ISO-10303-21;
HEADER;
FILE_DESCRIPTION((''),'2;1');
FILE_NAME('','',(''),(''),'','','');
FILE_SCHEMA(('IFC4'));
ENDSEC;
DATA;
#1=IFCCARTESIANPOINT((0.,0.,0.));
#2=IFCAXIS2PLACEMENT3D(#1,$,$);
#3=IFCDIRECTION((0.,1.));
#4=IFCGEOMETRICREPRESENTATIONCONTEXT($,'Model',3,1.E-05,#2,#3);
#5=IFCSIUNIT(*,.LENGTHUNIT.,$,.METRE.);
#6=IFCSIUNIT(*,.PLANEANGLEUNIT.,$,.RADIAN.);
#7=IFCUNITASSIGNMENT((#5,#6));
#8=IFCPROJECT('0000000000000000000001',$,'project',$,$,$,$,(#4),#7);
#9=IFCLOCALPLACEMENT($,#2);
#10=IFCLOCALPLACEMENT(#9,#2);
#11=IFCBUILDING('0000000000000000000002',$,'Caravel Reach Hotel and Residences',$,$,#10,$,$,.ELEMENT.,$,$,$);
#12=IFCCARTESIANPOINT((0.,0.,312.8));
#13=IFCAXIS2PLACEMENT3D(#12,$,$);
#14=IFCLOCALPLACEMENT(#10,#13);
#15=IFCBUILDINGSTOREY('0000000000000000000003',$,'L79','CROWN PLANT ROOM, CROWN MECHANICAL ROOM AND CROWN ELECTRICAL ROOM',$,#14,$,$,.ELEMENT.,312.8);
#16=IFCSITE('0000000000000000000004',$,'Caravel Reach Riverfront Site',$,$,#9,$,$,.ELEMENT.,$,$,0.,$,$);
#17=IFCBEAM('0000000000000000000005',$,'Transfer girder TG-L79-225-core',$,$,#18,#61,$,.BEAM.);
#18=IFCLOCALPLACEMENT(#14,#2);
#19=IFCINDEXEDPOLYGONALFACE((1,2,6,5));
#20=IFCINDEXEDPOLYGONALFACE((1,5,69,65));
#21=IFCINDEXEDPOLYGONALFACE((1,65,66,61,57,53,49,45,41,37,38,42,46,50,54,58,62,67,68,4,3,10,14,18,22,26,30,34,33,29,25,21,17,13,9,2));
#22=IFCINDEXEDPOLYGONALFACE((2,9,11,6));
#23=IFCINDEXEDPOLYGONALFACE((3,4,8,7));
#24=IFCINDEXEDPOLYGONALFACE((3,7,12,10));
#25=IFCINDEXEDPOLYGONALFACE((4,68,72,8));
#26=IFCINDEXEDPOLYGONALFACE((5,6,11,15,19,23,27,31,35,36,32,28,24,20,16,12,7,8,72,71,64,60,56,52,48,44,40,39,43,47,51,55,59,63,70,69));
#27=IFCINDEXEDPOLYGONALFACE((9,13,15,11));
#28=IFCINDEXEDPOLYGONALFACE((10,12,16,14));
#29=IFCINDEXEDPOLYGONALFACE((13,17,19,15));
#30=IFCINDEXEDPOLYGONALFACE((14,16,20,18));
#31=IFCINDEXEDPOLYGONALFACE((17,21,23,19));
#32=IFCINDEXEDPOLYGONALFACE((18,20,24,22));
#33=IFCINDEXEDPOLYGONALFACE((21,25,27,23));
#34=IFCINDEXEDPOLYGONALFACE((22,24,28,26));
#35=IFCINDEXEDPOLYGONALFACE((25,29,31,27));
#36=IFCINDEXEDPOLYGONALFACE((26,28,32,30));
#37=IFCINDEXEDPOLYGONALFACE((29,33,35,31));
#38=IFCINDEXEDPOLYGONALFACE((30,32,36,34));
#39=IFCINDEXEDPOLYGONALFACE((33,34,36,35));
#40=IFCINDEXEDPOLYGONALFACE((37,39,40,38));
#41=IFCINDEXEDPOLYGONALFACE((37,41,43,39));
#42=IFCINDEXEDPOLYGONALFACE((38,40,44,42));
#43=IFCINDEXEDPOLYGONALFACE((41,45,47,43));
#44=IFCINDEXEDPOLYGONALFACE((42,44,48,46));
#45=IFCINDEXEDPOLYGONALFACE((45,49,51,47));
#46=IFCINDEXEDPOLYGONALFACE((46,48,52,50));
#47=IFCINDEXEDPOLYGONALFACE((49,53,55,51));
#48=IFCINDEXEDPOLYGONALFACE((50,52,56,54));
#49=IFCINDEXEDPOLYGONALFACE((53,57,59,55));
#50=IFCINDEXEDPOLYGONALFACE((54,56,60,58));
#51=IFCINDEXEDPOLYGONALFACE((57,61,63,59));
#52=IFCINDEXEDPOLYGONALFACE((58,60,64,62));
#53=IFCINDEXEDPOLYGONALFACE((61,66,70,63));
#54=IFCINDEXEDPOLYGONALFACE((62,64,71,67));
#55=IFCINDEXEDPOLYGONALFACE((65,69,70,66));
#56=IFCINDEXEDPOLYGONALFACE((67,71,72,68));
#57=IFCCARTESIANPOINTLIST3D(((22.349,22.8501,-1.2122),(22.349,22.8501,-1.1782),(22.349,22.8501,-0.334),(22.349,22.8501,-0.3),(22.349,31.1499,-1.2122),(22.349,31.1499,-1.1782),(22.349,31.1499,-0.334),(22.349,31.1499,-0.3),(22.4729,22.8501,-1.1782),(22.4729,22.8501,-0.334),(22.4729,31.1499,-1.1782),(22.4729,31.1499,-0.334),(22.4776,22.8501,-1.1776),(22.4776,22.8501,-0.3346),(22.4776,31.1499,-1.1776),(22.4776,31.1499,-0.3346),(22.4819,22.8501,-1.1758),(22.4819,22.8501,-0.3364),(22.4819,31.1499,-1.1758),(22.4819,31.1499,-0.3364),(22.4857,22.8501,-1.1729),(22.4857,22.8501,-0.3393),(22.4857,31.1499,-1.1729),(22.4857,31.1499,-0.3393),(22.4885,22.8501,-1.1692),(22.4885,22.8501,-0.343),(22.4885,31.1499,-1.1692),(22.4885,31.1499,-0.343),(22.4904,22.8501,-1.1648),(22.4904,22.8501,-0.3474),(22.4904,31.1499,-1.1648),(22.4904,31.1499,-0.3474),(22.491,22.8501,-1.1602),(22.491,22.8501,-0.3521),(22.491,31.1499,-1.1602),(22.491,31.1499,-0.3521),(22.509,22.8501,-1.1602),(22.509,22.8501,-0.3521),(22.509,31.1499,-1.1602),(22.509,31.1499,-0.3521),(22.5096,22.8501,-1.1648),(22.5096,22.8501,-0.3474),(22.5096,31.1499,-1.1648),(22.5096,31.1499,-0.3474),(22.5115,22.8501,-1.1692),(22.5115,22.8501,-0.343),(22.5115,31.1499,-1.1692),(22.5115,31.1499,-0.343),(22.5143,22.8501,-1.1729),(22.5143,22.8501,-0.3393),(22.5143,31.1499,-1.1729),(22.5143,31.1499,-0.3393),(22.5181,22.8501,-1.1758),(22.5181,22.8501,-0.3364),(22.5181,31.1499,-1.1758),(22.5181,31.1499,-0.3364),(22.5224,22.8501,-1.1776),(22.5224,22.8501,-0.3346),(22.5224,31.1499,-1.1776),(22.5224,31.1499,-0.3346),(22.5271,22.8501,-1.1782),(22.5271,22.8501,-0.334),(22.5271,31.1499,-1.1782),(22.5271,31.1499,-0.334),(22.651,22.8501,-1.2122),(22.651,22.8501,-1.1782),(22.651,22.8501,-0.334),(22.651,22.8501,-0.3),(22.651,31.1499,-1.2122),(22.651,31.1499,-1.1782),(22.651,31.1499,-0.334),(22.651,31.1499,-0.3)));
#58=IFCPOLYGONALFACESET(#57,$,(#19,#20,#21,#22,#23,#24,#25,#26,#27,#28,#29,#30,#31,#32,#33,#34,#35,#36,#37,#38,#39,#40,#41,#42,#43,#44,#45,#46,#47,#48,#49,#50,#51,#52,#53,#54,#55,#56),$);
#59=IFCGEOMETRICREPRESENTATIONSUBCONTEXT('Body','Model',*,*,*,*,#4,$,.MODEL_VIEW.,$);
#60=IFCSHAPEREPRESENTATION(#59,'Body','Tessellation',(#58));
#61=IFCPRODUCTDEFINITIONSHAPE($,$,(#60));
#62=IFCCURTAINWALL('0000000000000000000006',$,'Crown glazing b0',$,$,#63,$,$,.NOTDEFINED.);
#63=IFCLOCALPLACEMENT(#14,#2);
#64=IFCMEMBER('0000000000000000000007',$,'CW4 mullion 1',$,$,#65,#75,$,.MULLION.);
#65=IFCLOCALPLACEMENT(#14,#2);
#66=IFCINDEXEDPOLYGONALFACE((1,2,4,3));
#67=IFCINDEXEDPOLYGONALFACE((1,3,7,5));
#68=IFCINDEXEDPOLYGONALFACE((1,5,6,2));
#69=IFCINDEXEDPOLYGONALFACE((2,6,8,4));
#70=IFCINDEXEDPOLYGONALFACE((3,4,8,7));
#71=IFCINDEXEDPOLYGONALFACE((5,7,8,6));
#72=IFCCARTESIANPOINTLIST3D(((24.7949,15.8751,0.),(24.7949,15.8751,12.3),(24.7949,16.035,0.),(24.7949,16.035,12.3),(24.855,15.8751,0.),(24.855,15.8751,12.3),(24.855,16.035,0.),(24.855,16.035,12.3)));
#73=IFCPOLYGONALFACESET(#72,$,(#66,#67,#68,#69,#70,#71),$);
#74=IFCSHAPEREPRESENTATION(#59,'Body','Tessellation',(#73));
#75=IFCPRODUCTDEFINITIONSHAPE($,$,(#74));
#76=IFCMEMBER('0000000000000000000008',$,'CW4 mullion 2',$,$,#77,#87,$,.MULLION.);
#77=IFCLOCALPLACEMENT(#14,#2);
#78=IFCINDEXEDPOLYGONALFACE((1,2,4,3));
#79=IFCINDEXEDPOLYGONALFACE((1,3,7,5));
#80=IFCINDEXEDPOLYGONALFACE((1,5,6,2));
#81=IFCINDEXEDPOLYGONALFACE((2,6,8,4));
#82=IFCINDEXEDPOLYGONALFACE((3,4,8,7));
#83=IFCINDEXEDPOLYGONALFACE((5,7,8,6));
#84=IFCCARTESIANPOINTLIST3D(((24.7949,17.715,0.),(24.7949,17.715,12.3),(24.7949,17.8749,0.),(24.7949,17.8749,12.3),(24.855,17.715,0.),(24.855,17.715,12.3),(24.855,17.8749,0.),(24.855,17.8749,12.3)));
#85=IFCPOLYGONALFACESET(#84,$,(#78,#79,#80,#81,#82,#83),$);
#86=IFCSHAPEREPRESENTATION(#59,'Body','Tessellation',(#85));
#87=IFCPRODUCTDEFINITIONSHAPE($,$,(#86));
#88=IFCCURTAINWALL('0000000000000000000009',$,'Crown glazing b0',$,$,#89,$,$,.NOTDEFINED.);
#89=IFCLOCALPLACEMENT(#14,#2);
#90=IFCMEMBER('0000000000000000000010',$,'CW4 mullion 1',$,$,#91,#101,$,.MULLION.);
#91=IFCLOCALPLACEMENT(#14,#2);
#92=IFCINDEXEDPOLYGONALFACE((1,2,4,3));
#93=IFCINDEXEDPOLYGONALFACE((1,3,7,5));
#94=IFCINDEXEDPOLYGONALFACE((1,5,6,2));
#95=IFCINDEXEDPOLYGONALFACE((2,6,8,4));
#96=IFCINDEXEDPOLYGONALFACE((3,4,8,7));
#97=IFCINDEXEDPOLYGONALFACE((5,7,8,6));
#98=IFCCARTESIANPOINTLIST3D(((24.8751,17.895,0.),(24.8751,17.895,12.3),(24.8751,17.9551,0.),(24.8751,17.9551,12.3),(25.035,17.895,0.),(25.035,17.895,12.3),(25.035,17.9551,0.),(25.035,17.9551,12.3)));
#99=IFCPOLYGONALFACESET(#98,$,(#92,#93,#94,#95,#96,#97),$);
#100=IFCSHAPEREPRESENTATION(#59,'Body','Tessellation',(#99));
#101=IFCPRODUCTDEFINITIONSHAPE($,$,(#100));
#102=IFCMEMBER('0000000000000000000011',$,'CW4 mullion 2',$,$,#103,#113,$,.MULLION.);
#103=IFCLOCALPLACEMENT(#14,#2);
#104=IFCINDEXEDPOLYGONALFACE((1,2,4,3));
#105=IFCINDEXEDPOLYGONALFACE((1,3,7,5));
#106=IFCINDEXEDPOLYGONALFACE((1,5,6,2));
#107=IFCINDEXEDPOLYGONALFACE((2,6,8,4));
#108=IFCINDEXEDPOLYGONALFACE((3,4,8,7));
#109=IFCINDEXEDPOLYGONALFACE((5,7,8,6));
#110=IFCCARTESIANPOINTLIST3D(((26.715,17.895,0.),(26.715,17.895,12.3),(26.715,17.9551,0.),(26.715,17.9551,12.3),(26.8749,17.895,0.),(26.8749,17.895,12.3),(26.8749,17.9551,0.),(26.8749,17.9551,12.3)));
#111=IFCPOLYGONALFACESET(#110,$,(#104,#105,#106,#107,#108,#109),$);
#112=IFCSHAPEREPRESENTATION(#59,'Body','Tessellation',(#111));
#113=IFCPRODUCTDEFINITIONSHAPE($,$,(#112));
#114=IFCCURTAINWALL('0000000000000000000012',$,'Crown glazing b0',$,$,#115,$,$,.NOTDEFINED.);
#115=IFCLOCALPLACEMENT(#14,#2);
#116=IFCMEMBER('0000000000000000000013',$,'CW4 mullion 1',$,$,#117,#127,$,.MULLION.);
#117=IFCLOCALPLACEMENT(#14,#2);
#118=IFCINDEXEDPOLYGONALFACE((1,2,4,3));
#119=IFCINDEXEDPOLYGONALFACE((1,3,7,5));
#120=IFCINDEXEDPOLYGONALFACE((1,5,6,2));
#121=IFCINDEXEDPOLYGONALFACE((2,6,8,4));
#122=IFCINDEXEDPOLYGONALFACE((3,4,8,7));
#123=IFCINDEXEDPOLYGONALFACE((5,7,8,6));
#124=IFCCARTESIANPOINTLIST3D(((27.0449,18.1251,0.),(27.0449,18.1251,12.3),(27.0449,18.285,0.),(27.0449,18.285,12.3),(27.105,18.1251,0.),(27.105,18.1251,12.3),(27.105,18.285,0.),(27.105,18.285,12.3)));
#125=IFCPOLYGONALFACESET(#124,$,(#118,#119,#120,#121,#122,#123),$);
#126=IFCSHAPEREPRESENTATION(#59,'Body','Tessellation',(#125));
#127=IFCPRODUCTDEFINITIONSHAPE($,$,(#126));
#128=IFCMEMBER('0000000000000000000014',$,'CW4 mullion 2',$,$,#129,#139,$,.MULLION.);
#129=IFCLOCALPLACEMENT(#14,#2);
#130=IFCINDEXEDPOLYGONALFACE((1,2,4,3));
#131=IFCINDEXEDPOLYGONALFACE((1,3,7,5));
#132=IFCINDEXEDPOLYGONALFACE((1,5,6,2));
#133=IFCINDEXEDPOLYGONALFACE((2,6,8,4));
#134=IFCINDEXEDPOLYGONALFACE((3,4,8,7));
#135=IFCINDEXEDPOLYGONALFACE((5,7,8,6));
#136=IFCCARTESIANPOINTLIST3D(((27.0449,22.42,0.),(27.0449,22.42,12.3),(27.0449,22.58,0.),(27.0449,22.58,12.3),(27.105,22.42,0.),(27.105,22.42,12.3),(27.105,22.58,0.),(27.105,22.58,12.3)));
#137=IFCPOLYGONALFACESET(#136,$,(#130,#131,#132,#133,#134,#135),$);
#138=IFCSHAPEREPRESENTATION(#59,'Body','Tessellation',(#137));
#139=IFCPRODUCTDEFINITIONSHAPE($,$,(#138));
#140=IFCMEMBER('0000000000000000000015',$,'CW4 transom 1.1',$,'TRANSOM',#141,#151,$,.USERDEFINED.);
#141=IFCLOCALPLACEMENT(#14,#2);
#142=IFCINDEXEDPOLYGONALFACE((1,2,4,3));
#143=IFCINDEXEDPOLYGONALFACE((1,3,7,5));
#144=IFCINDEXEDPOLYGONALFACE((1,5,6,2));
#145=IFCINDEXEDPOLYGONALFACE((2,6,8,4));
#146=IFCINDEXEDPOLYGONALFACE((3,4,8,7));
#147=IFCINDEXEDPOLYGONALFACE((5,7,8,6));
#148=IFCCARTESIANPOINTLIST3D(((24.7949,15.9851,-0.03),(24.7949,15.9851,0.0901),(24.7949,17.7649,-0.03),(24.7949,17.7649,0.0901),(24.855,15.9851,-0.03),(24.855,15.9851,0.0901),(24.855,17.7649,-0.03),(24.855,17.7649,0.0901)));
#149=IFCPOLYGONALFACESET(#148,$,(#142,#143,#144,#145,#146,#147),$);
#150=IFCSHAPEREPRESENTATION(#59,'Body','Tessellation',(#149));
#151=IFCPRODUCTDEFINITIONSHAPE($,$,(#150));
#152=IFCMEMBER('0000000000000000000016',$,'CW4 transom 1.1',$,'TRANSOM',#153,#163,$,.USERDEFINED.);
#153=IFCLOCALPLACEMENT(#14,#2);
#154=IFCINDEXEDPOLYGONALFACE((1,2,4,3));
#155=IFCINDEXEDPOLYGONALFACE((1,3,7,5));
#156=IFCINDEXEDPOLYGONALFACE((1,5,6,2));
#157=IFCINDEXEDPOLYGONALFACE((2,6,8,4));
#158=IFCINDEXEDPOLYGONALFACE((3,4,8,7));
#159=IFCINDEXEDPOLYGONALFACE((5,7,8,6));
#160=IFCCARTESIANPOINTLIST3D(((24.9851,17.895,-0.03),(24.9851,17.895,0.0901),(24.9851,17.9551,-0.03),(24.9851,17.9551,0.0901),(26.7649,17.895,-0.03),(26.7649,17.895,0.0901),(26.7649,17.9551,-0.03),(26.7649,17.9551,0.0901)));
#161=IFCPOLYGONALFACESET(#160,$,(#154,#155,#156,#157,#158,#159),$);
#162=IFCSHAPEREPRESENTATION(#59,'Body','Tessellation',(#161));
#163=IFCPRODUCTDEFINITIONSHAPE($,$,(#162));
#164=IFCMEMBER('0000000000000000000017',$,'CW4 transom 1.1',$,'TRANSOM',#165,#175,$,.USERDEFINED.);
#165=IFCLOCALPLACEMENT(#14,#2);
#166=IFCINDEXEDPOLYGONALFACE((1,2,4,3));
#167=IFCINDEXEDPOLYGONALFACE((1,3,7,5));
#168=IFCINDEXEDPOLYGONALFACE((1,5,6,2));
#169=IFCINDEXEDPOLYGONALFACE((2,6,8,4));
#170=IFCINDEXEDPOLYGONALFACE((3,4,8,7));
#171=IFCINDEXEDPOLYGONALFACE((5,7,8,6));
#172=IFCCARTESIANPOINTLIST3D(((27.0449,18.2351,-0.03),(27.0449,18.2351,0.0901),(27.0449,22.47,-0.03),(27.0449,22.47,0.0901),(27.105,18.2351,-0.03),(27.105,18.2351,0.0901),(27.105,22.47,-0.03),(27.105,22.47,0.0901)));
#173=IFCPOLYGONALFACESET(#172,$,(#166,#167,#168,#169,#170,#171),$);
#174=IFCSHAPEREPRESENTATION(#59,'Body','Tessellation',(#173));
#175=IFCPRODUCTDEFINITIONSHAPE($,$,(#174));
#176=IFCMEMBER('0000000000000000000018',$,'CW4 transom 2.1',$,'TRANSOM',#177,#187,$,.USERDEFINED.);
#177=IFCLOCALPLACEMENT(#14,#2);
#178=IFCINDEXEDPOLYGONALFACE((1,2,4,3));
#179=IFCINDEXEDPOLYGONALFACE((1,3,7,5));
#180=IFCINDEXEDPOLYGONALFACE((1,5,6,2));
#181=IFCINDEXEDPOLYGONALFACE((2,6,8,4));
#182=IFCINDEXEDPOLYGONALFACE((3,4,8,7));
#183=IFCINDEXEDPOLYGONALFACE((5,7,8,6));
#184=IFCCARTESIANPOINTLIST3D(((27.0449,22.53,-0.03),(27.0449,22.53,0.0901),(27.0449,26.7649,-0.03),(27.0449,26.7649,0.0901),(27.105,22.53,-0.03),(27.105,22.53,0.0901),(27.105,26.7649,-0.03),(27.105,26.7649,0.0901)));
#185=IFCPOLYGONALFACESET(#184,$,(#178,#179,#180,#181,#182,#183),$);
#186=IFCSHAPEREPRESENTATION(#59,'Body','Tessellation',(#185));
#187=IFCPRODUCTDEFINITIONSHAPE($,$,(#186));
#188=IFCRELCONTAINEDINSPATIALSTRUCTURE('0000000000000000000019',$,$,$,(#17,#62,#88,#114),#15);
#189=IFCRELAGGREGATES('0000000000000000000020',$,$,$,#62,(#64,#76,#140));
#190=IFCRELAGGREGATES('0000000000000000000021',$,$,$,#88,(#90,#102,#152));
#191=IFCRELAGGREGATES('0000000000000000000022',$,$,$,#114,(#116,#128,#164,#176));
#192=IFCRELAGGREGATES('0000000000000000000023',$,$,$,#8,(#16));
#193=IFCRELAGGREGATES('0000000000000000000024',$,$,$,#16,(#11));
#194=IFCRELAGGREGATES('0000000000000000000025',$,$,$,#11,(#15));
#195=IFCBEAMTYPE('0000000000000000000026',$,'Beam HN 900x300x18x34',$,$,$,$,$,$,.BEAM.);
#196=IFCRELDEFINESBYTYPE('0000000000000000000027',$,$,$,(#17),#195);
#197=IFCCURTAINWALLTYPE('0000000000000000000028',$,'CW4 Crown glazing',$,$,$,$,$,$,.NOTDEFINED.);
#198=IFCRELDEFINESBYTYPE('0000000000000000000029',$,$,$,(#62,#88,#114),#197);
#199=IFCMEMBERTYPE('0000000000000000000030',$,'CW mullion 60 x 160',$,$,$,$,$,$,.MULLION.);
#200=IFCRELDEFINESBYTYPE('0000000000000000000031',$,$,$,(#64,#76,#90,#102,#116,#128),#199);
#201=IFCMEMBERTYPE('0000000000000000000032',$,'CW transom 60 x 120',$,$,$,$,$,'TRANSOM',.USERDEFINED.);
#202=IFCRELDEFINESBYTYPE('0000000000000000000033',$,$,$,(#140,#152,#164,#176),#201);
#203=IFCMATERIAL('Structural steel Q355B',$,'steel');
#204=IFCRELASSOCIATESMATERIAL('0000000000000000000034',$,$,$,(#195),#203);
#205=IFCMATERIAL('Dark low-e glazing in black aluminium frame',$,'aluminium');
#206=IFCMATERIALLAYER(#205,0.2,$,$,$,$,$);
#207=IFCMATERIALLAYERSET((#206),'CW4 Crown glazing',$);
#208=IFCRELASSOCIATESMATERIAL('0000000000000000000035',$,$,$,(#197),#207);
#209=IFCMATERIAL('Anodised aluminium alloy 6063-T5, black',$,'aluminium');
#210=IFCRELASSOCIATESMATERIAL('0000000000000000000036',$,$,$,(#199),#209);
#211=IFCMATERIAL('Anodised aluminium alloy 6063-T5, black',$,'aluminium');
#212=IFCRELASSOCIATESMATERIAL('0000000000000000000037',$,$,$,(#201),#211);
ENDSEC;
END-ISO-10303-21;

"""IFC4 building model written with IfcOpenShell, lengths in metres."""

from ifc_helpers import new_model, si_unit, direction, frame, origin, origin_2d, place, context, subcontext, project, spatial, rectangle, i_section, extrude, material, layer, layer_set, material_profile, profile_set, type_object, element, aggregate, save


model = new_model("IFC4")

# Units and contexts
model_context = context("Model", 3, precision=1e-05, world=origin(), true_north=direction((0.0, 1.0)))
body_context = subcontext(model_context, "Body", "Model", "MODEL_VIEW")
ifc_project = project(units=[si_unit("LENGTHUNIT", "METRE"), si_unit("PLANEANGLEUNIT", "RADIAN")], contexts=[model_context])

# Site, building, storey
site_placement = place(None, origin())
site = spatial("IfcSite", under=ifc_project, at=site_placement, Name="Caravel Reach Riverfront Site", CompositionType="ELEMENT", RefElevation=0.0)
building_placement = place(site_placement, origin())
building = spatial("IfcBuilding", under=site, at=building_placement, Name="Caravel Reach Hotel and Residences", CompositionType="ELEMENT")
storey_placement = place(building_placement, frame((0.0, 0.0, 312.8)))
storey = spatial("IfcBuildingStorey", under=building, at=storey_placement, Name="L79", Description="CROWN PLANT ROOM, CROWN MECHANICAL ROOM AND CROWN ELECTRICAL ROOM", CompositionType="ELEMENT", Elevation=312.8)

# Beam
ifc_material_1 = material(Name="Structural steel Q355B", Category="steel")
ifc_material_profile_1 = material_profile(ifc_material_1, i_section(OverallWidth=0.302, OverallDepth=0.9121, WebThickness=0.0181, FlangeThickness=0.0339, FilletRadius=0.0181, at=origin_2d()), Name="HN 900x300x18x34")
ifc_profile_set_1 = profile_set([ifc_material_profile_1], Name="Structural steel Q355B")
beam_type = type_object("IfcBeamType", Name="Beam HN 900x300x18x34", PredefinedType="BEAM", material=ifc_profile_set_1)
for number, where, z_axis, x_axis, name in (
    (1, (22.5, 22.8501, -0.7561), (0.0, 1.0, 0.0), (-1.0, 0.0, 0.0), "Transfer girder TG-L79-225-core"),
):
    element("IfcBeam", number, at=place(storey_placement, frame(where, z_axis=z_axis, x_axis=x_axis)), inside=storey, type_object=beam_type, Name=name, PredefinedType="BEAM", context=body_context, shape_type="SweptSolid", body=[
        extrude(i_section(OverallWidth=0.302, OverallDepth=0.9121, WebThickness=0.0181, FlangeThickness=0.0339, FilletRadius=0.0181, at=origin_2d()), origin(), (0.0, 0.0, 1.0), 8.2998),
    ])

# Curtain walls, members
ifc_material_2 = material(Name="Dark low-e glazing in black aluminium frame", Category="aluminium")
ifc_layer_1 = layer(ifc_material_2, 0.2)
ifc_layer_set_1 = layer_set([ifc_layer_1], Name="CW4 Crown glazing")
curtain_wall_type = type_object("IfcCurtainWallType", Name="CW4 Crown glazing", PredefinedType="NOTDEFINED", material=ifc_layer_set_1)
curtain_wall_1_placement = place(storey_placement, origin())
curtain_wall_1 = element("IfcCurtainWall", 2, at=curtain_wall_1_placement, inside=storey, type_object=curtain_wall_type, Name="Crown glazing b0", PredefinedType="NOTDEFINED")
ifc_material_3 = material(Name="Anodised aluminium alloy 6063-T5, black", Category="aluminium")
ifc_material_profile_2 = material_profile(ifc_material_3, rectangle(XDim=0.0601, YDim=0.1599, at=origin_2d()), Name="CW mullion 60 x 160")
ifc_profile_set_2 = profile_set([ifc_material_profile_2], Name="Anodised aluminium alloy 6063-T5, black")
member_type_1 = type_object("IfcMemberType", Name="CW mullion 60 x 160", PredefinedType="MULLION", material=ifc_profile_set_2)
member_1_placement = place(storey_placement, frame((24.825, 15.9551, 0.0), z_axis=(0.0, 0.0, 1.0), x_axis=(-1.0, 0.0, 0.0)))
member_1 = element("IfcMember", 3, at=member_1_placement, type_object=member_type_1, Name="CW4 mullion 1", PredefinedType="MULLION", context=body_context, shape_type="SweptSolid", body=[
    extrude(rectangle(XDim=0.0601, YDim=0.1599, at=origin_2d()), origin(), (0.0, 0.0, 1.0), 12.3),
])
member_2_placement = place(storey_placement, frame((24.825, 17.7949, 0.0), z_axis=(0.0, 0.0, 1.0), x_axis=(-1.0, 0.0, 0.0)))
member_2 = element("IfcMember", 4, at=member_2_placement, type_object=member_type_1, Name="CW4 mullion 2", PredefinedType="MULLION", context=body_context, shape_type="SweptSolid", body=[
    extrude(rectangle(XDim=0.0601, YDim=0.1599, at=origin_2d()), origin(), (0.0, 0.0, 1.0), 12.3),
])
curtain_wall_2_placement = place(storey_placement, origin())
curtain_wall_2 = element("IfcCurtainWall", 5, at=curtain_wall_2_placement, inside=storey, type_object=curtain_wall_type, Name="Crown glazing b0", PredefinedType="NOTDEFINED")
member_3_placement = place(storey_placement, frame((24.9551, 17.925, 0.0), z_axis=(0.0, 0.0, 1.0), x_axis=(0.0, 1.0, 0.0)))
member_3 = element("IfcMember", 6, at=member_3_placement, type_object=member_type_1, Name="CW4 mullion 1", PredefinedType="MULLION", context=body_context, shape_type="SweptSolid", body=[
    extrude(rectangle(XDim=0.0601, YDim=0.1599, at=origin_2d()), origin(), (0.0, 0.0, 1.0), 12.3),
])
member_4_placement = place(storey_placement, frame((26.7949, 17.925, 0.0), z_axis=(0.0, 0.0, 1.0), x_axis=(0.0, 1.0, 0.0)))
member_4 = element("IfcMember", 7, at=member_4_placement, type_object=member_type_1, Name="CW4 mullion 2", PredefinedType="MULLION", context=body_context, shape_type="SweptSolid", body=[
    extrude(rectangle(XDim=0.0601, YDim=0.1599, at=origin_2d()), origin(), (0.0, 0.0, 1.0), 12.3),
])
curtain_wall_3_placement = place(storey_placement, origin())
curtain_wall_3 = element("IfcCurtainWall", 8, at=curtain_wall_3_placement, inside=storey, type_object=curtain_wall_type, Name="Crown glazing b0", PredefinedType="NOTDEFINED")
member_5_placement = place(storey_placement, frame((27.075, 18.2051, 0.0), z_axis=(0.0, 0.0, 1.0), x_axis=(-1.0, 0.0, 0.0)))
member_5 = element("IfcMember", 9, at=member_5_placement, type_object=member_type_1, Name="CW4 mullion 1", PredefinedType="MULLION", context=body_context, shape_type="SweptSolid", body=[
    extrude(rectangle(XDim=0.0601, YDim=0.1599, at=origin_2d()), origin(), (0.0, 0.0, 1.0), 12.3),
])
member_6_placement = place(storey_placement, frame((27.075, 22.5, 0.0), z_axis=(0.0, 0.0, 1.0), x_axis=(-1.0, 0.0, 0.0)))
member_6 = element("IfcMember", 10, at=member_6_placement, type_object=member_type_1, Name="CW4 mullion 2", PredefinedType="MULLION", context=body_context, shape_type="SweptSolid", body=[
    extrude(rectangle(XDim=0.0601, YDim=0.1599, at=origin_2d()), origin(), (0.0, 0.0, 1.0), 12.3),
])

# Members
ifc_material_4 = material(Name="Anodised aluminium alloy 6063-T5, black", Category="aluminium")
ifc_material_profile_3 = material_profile(ifc_material_4, rectangle(XDim=0.0601, YDim=0.1201, at=origin_2d()), Name="CW transom 60 x 120")
ifc_profile_set_3 = profile_set([ifc_material_profile_3], Name="Anodised aluminium alloy 6063-T5, black")
member_type_2 = type_object("IfcMemberType", Name="CW transom 60 x 120", ElementType="TRANSOM", PredefinedType="USERDEFINED", material=ifc_profile_set_3)
member_7_placement = place(storey_placement, frame((24.825, 15.9851, 0.03), z_axis=(0.0, 1.0, 0.0), x_axis=(-1.0, 0.0, 0.0)))
member_7 = element("IfcMember", 11, at=member_7_placement, type_object=member_type_2, Name="CW4 transom 1.1", ObjectType="TRANSOM", PredefinedType="USERDEFINED", context=body_context, shape_type="SweptSolid", body=[
    extrude(rectangle(XDim=0.0601, YDim=0.1201, at=origin_2d()), origin(), (0.0, 0.0, 1.0), 1.7798),
])
member_8_placement = place(storey_placement, frame((24.9851, 17.925, 0.03), z_axis=(1.0, 0.0, 0.0), x_axis=(0.0, 1.0, 0.0)))
member_8 = element("IfcMember", 12, at=member_8_placement, type_object=member_type_2, Name="CW4 transom 1.1", ObjectType="TRANSOM", PredefinedType="USERDEFINED", context=body_context, shape_type="SweptSolid", body=[
    extrude(rectangle(XDim=0.0601, YDim=0.1201, at=origin_2d()), origin(), (0.0, 0.0, 1.0), 1.7798),
])
member_9_placement = place(storey_placement, frame((27.075, 18.2351, 0.03), z_axis=(0.0, 1.0, 0.0), x_axis=(-1.0, 0.0, 0.0)))
member_9 = element("IfcMember", 13, at=member_9_placement, type_object=member_type_2, Name="CW4 transom 1.1", ObjectType="TRANSOM", PredefinedType="USERDEFINED", context=body_context, shape_type="SweptSolid", body=[
    extrude(rectangle(XDim=0.0601, YDim=0.1201, at=origin_2d()), origin(), (0.0, 0.0, 1.0), 4.2349),
])
member_10_placement = place(storey_placement, frame((27.075, 22.53, 0.03), z_axis=(0.0, 1.0, 0.0), x_axis=(-1.0, 0.0, 0.0)))
member_10 = element("IfcMember", 14, at=member_10_placement, type_object=member_type_2, Name="CW4 transom 2.1", ObjectType="TRANSOM", PredefinedType="USERDEFINED", context=body_context, shape_type="SweptSolid", body=[
    extrude(rectangle(XDim=0.0601, YDim=0.1201, at=origin_2d()), origin(), (0.0, 0.0, 1.0), 4.2349),
])

aggregate(curtain_wall_1, [member_1, member_2, member_7])
aggregate(curtain_wall_2, [member_3, member_4, member_8])
aggregate(curtain_wall_3, [member_5, member_6, member_9, member_10])

save(model, "model.ifc")
